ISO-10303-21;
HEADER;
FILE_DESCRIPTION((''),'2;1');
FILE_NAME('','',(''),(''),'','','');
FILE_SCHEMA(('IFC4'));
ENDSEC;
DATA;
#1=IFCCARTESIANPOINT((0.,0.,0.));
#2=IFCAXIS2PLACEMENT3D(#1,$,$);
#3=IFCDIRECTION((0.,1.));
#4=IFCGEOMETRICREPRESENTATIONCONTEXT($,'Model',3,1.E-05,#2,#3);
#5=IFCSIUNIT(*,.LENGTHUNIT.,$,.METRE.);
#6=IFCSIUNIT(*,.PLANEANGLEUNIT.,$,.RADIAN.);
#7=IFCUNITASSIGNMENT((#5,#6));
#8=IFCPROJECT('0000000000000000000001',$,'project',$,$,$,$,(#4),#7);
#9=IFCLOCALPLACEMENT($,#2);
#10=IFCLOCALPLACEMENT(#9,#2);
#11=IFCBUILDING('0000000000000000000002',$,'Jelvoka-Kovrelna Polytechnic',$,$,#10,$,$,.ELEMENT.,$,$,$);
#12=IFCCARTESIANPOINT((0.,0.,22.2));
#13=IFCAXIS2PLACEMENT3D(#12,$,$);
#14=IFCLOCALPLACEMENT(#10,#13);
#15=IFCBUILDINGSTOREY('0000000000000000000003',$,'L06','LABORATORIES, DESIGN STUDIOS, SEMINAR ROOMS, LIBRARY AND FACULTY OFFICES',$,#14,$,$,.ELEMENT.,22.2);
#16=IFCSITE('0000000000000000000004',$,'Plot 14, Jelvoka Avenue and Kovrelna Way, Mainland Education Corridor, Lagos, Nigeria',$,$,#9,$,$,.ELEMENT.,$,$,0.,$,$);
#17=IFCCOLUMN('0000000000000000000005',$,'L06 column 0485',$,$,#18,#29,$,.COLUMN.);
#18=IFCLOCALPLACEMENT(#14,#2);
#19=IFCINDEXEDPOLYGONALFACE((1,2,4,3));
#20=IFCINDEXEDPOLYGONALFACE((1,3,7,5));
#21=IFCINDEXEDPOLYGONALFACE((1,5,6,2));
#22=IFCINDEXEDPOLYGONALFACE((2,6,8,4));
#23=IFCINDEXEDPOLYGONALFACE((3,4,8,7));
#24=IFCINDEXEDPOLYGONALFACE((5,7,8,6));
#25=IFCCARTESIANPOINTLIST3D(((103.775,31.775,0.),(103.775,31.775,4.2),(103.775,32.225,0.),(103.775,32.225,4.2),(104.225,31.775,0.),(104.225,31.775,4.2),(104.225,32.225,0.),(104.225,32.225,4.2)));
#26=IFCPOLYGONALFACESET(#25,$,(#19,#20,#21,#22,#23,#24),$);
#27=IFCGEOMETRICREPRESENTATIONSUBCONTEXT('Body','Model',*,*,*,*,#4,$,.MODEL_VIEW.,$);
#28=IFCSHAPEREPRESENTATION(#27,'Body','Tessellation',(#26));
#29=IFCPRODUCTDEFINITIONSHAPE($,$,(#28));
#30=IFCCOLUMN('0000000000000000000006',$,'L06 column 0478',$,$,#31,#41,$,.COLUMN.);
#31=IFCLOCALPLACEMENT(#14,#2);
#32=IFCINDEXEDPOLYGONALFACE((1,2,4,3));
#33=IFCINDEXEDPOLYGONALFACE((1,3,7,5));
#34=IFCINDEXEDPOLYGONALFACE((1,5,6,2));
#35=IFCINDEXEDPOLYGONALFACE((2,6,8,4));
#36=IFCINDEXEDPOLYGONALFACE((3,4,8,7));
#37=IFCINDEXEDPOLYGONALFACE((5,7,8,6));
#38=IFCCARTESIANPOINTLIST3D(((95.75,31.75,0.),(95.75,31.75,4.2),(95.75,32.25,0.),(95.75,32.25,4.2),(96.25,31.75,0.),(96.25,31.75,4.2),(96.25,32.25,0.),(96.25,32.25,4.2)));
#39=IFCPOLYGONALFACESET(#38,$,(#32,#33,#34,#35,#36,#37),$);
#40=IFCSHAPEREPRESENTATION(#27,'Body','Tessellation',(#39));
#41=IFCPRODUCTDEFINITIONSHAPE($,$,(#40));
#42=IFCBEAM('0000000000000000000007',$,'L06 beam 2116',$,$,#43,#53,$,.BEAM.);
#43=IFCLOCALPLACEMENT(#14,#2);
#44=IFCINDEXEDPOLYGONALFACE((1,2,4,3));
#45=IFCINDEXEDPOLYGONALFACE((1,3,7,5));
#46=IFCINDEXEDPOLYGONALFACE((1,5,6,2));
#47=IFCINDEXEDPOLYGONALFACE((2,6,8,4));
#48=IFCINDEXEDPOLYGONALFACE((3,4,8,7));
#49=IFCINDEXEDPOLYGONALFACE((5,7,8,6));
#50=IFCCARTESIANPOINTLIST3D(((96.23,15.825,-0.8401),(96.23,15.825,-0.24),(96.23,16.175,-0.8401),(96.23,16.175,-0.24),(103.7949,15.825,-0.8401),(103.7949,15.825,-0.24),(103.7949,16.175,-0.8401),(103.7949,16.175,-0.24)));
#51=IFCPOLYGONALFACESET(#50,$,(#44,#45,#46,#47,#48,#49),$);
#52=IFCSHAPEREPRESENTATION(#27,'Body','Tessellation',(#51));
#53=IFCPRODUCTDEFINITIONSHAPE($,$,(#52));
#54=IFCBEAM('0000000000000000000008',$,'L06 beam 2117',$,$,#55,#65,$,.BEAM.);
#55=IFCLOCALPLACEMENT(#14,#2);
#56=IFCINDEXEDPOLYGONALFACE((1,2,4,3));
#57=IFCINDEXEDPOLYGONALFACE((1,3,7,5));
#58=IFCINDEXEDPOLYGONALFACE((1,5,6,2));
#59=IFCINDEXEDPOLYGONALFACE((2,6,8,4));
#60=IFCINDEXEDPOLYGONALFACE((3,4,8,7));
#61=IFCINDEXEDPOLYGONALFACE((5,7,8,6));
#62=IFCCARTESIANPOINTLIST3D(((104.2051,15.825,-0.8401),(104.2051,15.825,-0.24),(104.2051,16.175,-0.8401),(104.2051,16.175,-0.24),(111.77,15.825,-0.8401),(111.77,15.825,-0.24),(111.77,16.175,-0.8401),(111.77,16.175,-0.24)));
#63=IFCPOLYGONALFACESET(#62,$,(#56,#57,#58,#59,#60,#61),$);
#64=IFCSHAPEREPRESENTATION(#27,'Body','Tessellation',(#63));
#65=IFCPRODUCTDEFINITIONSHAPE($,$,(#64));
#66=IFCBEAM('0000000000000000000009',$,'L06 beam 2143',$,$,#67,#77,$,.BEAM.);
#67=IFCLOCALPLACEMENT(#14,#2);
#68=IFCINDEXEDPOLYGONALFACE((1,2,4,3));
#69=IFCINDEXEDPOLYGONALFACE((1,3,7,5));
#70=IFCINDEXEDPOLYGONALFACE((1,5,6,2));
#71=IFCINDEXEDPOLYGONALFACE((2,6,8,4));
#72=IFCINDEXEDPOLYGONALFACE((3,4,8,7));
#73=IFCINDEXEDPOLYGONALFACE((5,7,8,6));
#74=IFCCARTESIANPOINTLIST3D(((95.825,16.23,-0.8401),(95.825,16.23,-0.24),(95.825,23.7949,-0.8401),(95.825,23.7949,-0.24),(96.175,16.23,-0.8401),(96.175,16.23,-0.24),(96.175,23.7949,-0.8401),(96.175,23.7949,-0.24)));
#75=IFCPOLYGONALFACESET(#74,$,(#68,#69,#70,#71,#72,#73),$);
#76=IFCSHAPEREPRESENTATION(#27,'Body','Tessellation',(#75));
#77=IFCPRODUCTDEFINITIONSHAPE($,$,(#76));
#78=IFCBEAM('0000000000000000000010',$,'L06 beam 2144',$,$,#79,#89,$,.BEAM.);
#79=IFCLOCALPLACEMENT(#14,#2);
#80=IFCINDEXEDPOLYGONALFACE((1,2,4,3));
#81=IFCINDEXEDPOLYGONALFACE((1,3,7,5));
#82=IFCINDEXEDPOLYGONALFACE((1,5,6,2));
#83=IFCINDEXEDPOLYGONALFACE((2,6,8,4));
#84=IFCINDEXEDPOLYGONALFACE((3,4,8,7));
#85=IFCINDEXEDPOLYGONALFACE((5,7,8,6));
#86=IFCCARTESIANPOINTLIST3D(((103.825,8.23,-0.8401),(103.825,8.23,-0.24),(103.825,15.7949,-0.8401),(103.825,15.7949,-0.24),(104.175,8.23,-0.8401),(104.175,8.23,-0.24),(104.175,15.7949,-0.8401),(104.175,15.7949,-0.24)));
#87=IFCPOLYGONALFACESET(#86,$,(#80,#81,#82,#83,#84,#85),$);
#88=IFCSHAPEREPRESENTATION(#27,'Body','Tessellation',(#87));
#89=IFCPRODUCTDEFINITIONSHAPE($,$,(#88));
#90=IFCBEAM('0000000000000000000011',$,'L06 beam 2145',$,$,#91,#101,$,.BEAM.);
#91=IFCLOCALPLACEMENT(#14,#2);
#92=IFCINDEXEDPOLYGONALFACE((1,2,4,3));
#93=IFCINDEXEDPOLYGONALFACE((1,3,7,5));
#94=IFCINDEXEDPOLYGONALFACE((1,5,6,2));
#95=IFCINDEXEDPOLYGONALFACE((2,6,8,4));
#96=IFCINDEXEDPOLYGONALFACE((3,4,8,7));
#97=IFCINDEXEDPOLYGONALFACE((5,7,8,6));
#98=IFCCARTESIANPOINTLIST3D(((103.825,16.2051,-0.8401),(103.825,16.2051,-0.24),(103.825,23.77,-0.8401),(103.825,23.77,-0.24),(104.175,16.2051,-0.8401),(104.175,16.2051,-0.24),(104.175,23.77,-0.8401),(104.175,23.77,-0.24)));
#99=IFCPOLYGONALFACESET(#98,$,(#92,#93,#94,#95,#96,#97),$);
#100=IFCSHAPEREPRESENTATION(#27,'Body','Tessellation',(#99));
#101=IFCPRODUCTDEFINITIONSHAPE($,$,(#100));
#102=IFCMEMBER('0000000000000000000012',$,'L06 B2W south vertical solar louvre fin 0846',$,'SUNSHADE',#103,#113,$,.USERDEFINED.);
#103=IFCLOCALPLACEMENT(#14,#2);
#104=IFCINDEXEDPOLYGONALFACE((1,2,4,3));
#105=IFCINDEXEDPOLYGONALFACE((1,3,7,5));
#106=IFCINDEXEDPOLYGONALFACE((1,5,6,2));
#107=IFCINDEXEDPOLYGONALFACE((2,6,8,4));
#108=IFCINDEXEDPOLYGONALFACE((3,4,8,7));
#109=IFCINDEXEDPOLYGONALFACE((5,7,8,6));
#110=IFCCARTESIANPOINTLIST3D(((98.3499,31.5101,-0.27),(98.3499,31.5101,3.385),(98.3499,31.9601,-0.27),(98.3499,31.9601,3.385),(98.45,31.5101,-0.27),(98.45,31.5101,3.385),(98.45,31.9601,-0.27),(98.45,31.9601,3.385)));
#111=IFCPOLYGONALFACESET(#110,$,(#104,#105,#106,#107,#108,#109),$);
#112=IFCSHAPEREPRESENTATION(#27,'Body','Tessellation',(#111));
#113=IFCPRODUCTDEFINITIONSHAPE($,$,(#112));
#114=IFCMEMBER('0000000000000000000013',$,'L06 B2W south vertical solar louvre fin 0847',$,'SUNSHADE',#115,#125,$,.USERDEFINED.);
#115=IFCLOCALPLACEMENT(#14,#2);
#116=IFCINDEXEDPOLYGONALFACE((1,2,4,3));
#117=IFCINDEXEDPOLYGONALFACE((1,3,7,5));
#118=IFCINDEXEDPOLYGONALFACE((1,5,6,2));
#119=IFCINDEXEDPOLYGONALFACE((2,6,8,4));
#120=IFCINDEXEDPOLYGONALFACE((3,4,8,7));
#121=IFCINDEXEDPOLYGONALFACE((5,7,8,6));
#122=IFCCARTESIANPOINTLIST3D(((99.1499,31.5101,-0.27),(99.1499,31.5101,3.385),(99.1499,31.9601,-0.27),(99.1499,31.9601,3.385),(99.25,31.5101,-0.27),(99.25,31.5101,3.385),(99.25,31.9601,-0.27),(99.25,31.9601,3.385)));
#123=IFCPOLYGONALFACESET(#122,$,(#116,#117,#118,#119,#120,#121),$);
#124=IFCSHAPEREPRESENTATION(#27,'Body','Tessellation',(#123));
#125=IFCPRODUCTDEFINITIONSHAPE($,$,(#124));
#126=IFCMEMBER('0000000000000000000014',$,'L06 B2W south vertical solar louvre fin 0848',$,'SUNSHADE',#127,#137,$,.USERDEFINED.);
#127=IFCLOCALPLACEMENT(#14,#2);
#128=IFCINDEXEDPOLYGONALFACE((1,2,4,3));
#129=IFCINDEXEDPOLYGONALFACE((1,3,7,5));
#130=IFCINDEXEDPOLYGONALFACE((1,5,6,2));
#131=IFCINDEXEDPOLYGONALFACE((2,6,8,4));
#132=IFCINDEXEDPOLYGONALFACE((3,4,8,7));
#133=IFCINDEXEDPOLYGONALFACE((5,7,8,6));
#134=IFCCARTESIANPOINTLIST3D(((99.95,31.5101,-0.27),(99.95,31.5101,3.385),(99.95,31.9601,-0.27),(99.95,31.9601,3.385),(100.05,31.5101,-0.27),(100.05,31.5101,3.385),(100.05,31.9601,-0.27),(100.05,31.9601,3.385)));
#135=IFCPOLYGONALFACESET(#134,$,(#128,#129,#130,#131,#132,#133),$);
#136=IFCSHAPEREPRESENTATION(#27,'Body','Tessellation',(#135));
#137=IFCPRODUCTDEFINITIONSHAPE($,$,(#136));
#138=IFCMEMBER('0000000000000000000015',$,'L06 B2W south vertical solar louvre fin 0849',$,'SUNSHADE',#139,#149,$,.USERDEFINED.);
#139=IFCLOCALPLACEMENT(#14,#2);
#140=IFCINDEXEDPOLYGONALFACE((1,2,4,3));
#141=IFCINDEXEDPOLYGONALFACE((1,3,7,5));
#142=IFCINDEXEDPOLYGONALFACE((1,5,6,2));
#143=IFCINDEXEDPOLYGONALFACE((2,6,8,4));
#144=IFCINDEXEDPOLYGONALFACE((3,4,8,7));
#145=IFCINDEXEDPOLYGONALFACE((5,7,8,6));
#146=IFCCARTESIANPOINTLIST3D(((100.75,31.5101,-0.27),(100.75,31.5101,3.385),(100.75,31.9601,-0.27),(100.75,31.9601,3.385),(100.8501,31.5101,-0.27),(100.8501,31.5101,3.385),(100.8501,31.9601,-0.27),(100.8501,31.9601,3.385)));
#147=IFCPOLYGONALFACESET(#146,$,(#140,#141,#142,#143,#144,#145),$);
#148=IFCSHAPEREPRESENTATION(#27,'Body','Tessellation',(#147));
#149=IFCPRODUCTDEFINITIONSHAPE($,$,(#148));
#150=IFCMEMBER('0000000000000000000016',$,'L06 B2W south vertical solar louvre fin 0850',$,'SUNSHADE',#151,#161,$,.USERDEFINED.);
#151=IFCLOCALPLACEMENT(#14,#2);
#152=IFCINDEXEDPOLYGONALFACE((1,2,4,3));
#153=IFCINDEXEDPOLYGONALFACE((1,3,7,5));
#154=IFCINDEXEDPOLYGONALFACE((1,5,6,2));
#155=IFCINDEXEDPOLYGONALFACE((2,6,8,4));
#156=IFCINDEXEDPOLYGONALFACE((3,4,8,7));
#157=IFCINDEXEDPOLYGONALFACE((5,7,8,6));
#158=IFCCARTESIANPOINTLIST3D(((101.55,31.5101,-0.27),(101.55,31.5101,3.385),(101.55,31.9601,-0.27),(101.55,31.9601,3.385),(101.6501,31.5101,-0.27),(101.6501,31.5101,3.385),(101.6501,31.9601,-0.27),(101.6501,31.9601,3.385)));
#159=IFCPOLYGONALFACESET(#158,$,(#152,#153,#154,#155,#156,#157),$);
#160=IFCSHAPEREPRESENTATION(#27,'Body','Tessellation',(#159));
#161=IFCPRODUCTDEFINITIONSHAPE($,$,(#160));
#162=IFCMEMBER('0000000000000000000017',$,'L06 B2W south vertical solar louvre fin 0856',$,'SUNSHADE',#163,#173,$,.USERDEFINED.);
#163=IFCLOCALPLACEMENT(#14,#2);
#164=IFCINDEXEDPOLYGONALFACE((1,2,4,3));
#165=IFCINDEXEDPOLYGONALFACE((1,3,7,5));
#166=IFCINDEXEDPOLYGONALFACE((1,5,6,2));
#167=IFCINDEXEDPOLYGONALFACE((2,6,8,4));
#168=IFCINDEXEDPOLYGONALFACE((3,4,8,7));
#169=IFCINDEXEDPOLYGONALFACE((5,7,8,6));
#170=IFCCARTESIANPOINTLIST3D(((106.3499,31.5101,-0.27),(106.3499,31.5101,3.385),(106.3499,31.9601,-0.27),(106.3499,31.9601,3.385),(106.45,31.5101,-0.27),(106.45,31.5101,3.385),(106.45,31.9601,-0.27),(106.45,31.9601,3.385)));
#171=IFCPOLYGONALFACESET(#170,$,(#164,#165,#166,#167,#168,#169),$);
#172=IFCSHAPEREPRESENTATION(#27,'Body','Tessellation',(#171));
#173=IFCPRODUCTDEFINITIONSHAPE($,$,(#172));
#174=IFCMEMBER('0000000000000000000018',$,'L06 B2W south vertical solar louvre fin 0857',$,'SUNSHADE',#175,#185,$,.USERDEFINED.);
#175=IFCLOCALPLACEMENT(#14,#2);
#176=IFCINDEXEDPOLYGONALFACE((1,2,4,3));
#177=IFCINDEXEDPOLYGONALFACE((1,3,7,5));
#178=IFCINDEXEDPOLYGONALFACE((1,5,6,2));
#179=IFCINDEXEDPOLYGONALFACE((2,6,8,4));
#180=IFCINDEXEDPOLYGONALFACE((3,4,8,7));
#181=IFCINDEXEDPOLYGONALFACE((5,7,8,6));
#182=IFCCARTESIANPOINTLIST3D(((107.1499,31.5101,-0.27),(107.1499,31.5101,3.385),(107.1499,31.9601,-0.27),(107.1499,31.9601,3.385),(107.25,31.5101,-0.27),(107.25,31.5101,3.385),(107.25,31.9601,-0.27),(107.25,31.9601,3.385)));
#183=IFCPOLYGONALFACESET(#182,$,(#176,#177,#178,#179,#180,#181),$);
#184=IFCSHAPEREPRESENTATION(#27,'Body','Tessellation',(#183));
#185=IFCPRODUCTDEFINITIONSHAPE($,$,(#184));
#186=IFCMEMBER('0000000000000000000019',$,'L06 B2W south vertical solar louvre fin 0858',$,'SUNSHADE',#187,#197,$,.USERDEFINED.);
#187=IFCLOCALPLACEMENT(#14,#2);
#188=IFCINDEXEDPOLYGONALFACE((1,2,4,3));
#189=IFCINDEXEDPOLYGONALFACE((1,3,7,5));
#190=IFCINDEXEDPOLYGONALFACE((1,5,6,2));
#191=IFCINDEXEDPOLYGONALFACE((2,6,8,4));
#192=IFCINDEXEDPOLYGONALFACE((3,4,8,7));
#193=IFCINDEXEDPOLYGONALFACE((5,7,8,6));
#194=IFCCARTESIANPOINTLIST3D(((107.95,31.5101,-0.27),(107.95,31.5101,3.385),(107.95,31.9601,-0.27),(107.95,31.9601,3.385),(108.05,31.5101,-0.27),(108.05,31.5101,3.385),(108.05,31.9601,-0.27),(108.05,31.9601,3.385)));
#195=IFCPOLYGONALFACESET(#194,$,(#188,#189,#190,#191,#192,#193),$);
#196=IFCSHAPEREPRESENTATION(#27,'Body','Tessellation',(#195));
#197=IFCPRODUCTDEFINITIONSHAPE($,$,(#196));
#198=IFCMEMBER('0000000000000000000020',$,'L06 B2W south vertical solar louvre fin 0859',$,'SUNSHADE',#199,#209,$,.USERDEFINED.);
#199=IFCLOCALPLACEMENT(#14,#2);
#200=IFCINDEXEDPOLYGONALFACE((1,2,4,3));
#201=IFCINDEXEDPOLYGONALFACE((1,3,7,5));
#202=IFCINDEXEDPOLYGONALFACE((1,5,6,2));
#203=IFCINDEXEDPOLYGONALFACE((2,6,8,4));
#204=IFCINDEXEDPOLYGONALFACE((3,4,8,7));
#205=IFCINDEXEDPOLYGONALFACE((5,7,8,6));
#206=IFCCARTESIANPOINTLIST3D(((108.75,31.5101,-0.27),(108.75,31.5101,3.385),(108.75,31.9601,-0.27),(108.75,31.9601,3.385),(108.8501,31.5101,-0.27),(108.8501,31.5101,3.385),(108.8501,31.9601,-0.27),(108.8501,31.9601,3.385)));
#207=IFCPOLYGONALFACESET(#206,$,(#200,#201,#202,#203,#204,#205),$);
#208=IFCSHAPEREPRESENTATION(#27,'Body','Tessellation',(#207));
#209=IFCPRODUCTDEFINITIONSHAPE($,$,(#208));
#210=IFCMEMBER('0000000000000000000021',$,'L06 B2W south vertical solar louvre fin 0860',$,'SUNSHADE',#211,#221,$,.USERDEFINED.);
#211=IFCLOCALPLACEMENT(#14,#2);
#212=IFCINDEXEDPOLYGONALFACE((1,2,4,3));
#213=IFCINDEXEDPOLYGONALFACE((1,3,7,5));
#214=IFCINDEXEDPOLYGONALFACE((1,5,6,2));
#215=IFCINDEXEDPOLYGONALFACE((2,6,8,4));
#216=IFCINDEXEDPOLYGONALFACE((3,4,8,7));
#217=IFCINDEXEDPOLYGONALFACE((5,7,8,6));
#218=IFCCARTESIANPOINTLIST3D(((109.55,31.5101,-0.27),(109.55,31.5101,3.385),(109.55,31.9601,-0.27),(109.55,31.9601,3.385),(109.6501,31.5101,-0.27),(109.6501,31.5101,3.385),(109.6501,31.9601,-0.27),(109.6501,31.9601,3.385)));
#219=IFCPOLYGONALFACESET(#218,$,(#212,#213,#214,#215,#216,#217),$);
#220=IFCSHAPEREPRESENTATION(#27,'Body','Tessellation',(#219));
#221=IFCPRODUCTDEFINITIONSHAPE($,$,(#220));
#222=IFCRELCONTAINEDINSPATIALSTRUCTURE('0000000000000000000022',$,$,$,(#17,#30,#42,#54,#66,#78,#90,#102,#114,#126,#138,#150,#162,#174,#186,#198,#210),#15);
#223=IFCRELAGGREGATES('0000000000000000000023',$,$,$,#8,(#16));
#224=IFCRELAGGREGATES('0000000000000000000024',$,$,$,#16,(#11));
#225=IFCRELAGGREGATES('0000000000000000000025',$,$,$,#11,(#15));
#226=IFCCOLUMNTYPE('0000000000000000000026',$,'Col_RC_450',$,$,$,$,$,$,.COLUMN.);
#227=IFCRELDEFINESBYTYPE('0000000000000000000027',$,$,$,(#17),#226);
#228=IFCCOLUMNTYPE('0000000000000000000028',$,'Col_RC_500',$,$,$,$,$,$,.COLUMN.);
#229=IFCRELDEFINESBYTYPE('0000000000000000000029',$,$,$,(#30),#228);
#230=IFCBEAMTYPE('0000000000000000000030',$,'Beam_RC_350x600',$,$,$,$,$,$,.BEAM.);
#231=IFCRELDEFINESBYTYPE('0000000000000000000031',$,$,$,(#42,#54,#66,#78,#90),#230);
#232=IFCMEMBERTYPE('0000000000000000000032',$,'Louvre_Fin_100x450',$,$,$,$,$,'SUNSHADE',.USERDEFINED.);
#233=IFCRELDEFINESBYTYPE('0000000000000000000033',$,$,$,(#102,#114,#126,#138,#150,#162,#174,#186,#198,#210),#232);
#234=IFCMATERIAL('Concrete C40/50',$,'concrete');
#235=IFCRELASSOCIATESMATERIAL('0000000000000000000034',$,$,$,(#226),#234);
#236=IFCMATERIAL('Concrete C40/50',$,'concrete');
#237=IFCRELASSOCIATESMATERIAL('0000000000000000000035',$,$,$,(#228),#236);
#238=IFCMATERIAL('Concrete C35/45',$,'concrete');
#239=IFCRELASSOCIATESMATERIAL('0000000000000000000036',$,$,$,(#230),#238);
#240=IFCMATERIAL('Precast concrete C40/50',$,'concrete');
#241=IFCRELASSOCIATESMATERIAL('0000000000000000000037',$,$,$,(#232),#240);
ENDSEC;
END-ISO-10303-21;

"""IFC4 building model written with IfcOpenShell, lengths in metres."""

from ifc_helpers import new_model, si_unit, direction, frame, origin, origin_2d, place, context, subcontext, project, spatial, rectangle, extrude, material, material_profile, profile_set, type_object, element, save


model = new_model("IFC4")

# Units and contexts
model_context = context("Model", 3, precision=1e-05, world=origin(), true_north=direction((0.0, 1.0)))
body_context = subcontext(model_context, "Body", "Model", "MODEL_VIEW")
ifc_project = project(units=[si_unit("LENGTHUNIT", "METRE"), si_unit("PLANEANGLEUNIT", "RADIAN")], contexts=[model_context])

# Site, building, storey
site_placement = place(None, origin())
site = spatial("IfcSite", under=ifc_project, at=site_placement, Name="Plot 14, Jelvoka Avenue and Kovrelna Way, Mainland Education Corridor, Lagos, Nigeria", CompositionType="ELEMENT", RefElevation=0.0)
building_placement = place(site_placement, origin())
building = spatial("IfcBuilding", under=site, at=building_placement, Name="Jelvoka-Kovrelna Polytechnic", CompositionType="ELEMENT")
storey_placement = place(building_placement, frame((0.0, 0.0, 22.2)))
storey = spatial("IfcBuildingStorey", under=building, at=storey_placement, Name="L06", Description="LABORATORIES, DESIGN STUDIOS, SEMINAR ROOMS, LIBRARY AND FACULTY OFFICES", CompositionType="ELEMENT", Elevation=22.2)

# Columns
ifc_material_1 = material(Name="Concrete C40/50", Category="concrete")
ifc_material_profile_1 = material_profile(ifc_material_1, rectangle(XDim=0.45, YDim=0.45, at=origin_2d()), Name="RC 450x450")
ifc_profile_set_1 = profile_set([ifc_material_profile_1], Name="Concrete C40/50")
column_type_1 = type_object("IfcColumnType", Name="Col_RC_450", PredefinedType="COLUMN", material=ifc_profile_set_1)
column_1_placement = place(storey_placement, frame((104.0, 32.0, 0.0), z_axis=(0.0, 0.0, 1.0), x_axis=(1.0, 0.0, 0.0)))
element("IfcColumn", 1, at=column_1_placement, inside=storey, type_object=column_type_1, Name="L06 column 0485", PredefinedType="COLUMN", context=body_context, shape_type="SweptSolid", body=[
    extrude(rectangle(XDim=0.45, YDim=0.45, at=origin_2d()), origin(), (0.0, 0.0, 1.0), 4.2),
])
ifc_material_2 = material(Name="Concrete C40/50", Category="concrete")
ifc_material_profile_2 = material_profile(ifc_material_2, rectangle(XDim=0.5, YDim=0.5, at=origin_2d()), Name="RC 500x500")
ifc_profile_set_2 = profile_set([ifc_material_profile_2], Name="Concrete C40/50")
column_type_2 = type_object("IfcColumnType", Name="Col_RC_500", PredefinedType="COLUMN", material=ifc_profile_set_2)
column_2_placement = place(storey_placement, frame((96.0, 32.0, 0.0), z_axis=(0.0, 0.0, 1.0), x_axis=(1.0, 0.0, 0.0)))
element("IfcColumn", 2, at=column_2_placement, inside=storey, type_object=column_type_2, Name="L06 column 0478", PredefinedType="COLUMN", context=body_context, shape_type="SweptSolid", body=[
    extrude(rectangle(XDim=0.5, YDim=0.5, at=origin_2d()), origin(), (0.0, 0.0, 1.0), 4.2),
])

# Beams
ifc_material_3 = material(Name="Concrete C35/45", Category="concrete")
ifc_material_profile_3 = material_profile(ifc_material_3, rectangle(XDim=0.3501, YDim=0.6001, at=origin_2d()), Name="RC 350x600")
ifc_profile_set_3 = profile_set([ifc_material_profile_3], Name="Concrete C35/45")
beam_type_1 = type_object("IfcBeamType", Name="Beam_RC_350x600", PredefinedType="BEAM", material=ifc_profile_set_3)
for number, where, z_axis, x_axis, name in (
    (3, (96.23, 16.0, -0.54), (1.0, 0.0, 0.0), (0.0, 1.0, 0.0), "L06 beam 2116"),
    (4, (104.2051, 16.0, -0.54), (1.0, 0.0, 0.0), (0.0, 1.0, 0.0), "L06 beam 2117"),
    (5, (96.0, 16.23, -0.54), (0.0, 1.0, 0.0), (-1.0, 0.0, 0.0), "L06 beam 2143"),
    (6, (104.0, 8.23, -0.54), (0.0, 1.0, 0.0), (-1.0, 0.0, 0.0), "L06 beam 2144"),
    (7, (104.0, 16.2051, -0.54), (0.0, 1.0, 0.0), (-1.0, 0.0, 0.0), "L06 beam 2145"),
):
    element("IfcBeam", number, at=place(storey_placement, frame(where, z_axis=z_axis, x_axis=x_axis)), inside=storey, type_object=beam_type_1, Name=name, PredefinedType="BEAM", context=body_context, shape_type="SweptSolid", body=[
        extrude(rectangle(XDim=0.3501, YDim=0.6001, at=origin_2d()), origin(), (0.0, 0.0, 1.0), 7.5649),
    ])

# Members
ifc_material_4 = material(Name="Precast concrete C40/50", Category="concrete")
ifc_material_profile_4 = material_profile(ifc_material_4, rectangle(XDim=0.1001, YDim=0.45, at=origin_2d()), Name="PC 100x450")
ifc_profile_set_4 = profile_set([ifc_material_profile_4], Name="Precast concrete C40/50")
member_type = type_object("IfcMemberType", Name="Louvre_Fin_100x450", ElementType="SUNSHADE", PredefinedType="USERDEFINED", material=ifc_profile_set_4)
for number, where, z_axis, x_axis, name in (
    (8, (98.3999, 31.7351, -0.27), (0.0, 0.0, 1.0), (1.0, 0.0, 0.0), "L06 B2W south vertical solar louvre fin 0846"),
    (9, (99.2, 31.7351, -0.27), (0.0, 0.0, 1.0), (1.0, 0.0, 0.0), "L06 B2W south vertical solar louvre fin 0847"),
    (10, (100.0, 31.7351, -0.27), (0.0, 0.0, 1.0), (1.0, 0.0, 0.0), "L06 B2W south vertical solar louvre fin 0848"),
    (11, (100.8, 31.7351, -0.27), (0.0, 0.0, 1.0), (1.0, 0.0, 0.0), "L06 B2W south vertical solar louvre fin 0849"),
    (12, (101.6001, 31.7351, -0.27), (0.0, 0.0, 1.0), (1.0, 0.0, 0.0), "L06 B2W south vertical solar louvre fin 0850"),
    (13, (106.3999, 31.7351, -0.27), (0.0, 0.0, 1.0), (1.0, 0.0, 0.0), "L06 B2W south vertical solar louvre fin 0856"),
    (14, (107.2, 31.7351, -0.27), (0.0, 0.0, 1.0), (1.0, 0.0, 0.0), "L06 B2W south vertical solar louvre fin 0857"),
    (15, (108.0, 31.7351, -0.27), (0.0, 0.0, 1.0), (1.0, 0.0, 0.0), "L06 B2W south vertical solar louvre fin 0858"),
    (16, (108.8, 31.7351, -0.27), (0.0, 0.0, 1.0), (1.0, 0.0, 0.0), "L06 B2W south vertical solar louvre fin 0859"),
    (17, (109.6001, 31.7351, -0.27), (0.0, 0.0, 1.0), (1.0, 0.0, 0.0), "L06 B2W south vertical solar louvre fin 0860"),
):
    element("IfcMember", number, at=place(storey_placement, frame(where, z_axis=z_axis, x_axis=x_axis)), inside=storey, type_object=member_type, Name=name, ObjectType="SUNSHADE", PredefinedType="USERDEFINED", context=body_context, shape_type="SweptSolid", body=[
        extrude(rectangle(XDim=0.1001, YDim=0.45, at=origin_2d()), origin(), (0.0, 0.0, 1.0), 3.655),
    ])

save(model, "model.ifc")
